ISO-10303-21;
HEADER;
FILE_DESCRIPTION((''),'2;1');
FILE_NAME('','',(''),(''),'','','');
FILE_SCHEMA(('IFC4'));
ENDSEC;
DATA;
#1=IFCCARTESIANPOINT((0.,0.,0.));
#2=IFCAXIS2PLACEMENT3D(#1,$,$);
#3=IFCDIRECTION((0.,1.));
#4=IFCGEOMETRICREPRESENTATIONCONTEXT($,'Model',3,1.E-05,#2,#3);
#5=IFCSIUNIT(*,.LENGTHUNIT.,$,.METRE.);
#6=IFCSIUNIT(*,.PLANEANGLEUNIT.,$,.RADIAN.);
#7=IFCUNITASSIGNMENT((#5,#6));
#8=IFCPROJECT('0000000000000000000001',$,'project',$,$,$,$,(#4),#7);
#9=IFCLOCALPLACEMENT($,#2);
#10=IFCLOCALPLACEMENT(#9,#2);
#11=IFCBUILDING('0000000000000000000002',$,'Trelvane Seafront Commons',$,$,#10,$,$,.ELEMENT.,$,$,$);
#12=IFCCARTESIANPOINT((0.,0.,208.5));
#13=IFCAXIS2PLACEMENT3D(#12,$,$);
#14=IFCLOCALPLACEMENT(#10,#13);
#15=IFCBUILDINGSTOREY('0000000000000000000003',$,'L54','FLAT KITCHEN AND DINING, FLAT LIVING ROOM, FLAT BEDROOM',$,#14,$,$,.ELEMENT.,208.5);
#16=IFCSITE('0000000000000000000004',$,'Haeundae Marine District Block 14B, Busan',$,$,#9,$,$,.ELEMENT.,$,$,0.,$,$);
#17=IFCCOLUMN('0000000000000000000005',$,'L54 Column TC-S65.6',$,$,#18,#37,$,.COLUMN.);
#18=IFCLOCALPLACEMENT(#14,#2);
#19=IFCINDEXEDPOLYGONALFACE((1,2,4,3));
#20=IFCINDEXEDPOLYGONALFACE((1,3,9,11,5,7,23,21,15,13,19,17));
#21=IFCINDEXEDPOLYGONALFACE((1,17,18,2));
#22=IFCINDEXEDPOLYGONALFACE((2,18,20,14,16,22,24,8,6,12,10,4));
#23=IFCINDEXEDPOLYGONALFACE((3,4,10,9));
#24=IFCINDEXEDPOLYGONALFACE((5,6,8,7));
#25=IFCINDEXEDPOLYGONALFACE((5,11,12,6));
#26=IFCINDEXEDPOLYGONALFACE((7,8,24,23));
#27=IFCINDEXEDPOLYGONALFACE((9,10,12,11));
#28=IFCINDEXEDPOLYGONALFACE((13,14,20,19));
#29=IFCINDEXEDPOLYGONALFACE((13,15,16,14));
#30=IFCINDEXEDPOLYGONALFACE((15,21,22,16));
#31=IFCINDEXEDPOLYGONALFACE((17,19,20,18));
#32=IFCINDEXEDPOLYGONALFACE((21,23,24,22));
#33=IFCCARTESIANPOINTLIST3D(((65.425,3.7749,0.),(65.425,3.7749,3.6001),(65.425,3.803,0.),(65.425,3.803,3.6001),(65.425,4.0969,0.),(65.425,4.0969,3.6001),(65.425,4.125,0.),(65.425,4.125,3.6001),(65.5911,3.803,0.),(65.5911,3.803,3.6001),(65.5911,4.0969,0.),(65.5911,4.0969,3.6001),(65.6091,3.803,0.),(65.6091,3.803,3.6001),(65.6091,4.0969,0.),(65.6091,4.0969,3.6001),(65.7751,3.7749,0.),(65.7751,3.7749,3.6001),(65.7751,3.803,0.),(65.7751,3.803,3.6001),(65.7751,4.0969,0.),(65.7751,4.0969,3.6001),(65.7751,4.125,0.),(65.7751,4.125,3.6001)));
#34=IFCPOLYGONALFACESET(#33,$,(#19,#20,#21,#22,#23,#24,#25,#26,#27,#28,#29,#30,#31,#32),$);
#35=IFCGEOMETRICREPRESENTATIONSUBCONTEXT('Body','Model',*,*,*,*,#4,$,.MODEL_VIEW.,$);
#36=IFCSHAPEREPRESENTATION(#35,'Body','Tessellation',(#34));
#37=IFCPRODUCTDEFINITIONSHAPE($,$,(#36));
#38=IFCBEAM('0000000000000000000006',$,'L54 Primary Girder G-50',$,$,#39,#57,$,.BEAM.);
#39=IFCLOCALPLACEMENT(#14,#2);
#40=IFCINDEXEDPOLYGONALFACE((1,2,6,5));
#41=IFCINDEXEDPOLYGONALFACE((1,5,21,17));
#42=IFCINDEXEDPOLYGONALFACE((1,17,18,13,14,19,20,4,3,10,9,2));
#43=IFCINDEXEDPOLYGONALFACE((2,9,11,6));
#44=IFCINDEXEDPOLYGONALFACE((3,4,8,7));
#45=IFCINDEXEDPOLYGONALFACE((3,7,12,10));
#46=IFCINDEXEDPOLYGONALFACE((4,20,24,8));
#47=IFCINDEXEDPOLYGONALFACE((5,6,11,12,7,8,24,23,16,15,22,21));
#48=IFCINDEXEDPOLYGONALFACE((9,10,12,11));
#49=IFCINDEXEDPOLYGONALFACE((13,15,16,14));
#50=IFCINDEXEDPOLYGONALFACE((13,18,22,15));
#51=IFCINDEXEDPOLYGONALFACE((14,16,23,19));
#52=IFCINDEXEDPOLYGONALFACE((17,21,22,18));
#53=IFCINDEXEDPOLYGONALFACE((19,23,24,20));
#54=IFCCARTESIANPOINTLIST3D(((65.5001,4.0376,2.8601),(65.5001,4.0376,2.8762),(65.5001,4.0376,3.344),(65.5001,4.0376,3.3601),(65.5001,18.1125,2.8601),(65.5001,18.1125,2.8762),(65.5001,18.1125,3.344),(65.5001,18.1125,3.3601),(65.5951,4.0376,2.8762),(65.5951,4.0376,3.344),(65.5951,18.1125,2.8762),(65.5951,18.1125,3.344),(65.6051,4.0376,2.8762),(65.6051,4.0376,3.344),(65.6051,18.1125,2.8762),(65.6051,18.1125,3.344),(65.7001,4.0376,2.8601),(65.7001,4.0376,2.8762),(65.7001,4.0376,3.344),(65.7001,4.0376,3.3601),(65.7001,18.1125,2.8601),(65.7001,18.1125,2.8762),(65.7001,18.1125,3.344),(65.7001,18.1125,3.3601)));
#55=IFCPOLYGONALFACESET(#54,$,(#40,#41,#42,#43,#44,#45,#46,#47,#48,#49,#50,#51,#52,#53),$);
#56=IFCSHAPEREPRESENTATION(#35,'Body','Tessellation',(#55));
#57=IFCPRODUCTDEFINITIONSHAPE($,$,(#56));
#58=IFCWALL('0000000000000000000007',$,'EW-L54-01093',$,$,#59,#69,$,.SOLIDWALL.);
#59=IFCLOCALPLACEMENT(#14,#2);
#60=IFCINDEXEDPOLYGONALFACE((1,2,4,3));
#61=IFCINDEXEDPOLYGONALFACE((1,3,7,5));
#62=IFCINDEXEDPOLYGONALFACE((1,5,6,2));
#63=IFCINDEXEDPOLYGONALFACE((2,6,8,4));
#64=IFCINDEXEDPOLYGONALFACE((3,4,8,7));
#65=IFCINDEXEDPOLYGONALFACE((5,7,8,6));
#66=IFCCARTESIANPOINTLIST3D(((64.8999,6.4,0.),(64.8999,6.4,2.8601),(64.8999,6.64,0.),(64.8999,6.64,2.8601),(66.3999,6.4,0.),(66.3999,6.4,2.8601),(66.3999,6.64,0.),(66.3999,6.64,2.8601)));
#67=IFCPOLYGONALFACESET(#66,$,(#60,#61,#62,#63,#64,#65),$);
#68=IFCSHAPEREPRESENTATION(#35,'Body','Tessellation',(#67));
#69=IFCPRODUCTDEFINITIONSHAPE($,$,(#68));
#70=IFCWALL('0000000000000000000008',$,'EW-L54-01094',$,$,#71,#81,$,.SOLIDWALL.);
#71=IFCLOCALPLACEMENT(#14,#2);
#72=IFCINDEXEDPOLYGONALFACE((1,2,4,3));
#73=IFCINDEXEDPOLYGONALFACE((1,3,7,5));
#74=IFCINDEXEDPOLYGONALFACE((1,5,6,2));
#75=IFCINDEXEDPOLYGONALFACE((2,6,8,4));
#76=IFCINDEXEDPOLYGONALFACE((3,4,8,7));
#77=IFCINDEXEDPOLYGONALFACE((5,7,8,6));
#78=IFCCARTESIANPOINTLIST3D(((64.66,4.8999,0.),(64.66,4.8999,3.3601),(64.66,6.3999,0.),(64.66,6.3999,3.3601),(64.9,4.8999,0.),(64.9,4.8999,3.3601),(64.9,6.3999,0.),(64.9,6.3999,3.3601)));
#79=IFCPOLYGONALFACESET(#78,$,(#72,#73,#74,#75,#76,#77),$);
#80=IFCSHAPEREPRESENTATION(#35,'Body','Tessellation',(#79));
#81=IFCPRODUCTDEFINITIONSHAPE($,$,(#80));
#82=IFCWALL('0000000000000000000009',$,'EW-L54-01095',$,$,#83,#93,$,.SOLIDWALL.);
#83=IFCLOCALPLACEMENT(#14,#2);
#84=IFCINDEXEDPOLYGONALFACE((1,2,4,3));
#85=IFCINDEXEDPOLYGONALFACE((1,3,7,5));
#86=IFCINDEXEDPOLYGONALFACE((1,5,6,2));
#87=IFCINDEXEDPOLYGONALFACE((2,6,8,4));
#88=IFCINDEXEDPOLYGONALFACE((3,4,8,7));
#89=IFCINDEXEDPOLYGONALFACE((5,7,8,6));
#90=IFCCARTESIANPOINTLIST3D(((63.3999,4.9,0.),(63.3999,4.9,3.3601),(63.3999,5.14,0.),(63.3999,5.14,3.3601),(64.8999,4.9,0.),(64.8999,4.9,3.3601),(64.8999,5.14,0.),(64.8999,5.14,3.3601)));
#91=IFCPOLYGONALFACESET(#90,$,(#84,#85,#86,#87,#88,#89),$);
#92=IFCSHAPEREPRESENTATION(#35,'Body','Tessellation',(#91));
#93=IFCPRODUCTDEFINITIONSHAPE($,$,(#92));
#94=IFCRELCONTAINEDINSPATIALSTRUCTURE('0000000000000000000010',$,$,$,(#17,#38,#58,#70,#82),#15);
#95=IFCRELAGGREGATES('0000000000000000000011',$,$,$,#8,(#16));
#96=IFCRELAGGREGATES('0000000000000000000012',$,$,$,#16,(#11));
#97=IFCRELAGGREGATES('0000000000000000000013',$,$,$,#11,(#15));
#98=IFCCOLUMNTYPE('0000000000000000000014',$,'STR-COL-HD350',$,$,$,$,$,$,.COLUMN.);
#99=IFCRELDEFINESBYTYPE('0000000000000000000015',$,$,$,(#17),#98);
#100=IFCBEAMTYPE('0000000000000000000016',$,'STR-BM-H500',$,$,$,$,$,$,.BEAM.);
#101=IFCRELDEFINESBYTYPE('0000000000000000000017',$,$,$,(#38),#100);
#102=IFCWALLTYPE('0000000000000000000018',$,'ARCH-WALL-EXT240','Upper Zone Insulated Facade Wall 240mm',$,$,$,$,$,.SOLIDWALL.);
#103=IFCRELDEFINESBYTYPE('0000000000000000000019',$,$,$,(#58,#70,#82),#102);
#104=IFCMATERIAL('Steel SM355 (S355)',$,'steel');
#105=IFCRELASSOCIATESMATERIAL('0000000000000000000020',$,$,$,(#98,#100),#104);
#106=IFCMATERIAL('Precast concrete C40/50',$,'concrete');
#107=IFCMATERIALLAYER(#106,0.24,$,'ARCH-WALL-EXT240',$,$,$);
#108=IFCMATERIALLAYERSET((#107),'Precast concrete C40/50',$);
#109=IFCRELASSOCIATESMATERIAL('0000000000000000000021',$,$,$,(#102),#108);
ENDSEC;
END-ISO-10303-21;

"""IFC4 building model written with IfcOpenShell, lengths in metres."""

from ifc_helpers import new_model, si_unit, direction, frame, frame_2d, origin, origin_2d, place, context, subcontext, project, spatial, rectangle, i_section, extrude, source, transform, mapped, material, layer, layer_set, material_profile, profile_set, type_object, element, save


model = new_model("IFC4")

# Units and contexts
model_context = context("Model", 3, precision=1e-05, world=origin(), true_north=direction((0.0, 1.0)))
body_context = subcontext(model_context, "Body", "Model", "MODEL_VIEW")
ifc_project = project(units=[si_unit("LENGTHUNIT", "METRE"), si_unit("PLANEANGLEUNIT", "RADIAN")], contexts=[model_context])

# Site, building, storey
site_placement = place(None, origin())
site = spatial("IfcSite", under=ifc_project, at=site_placement, Name="Haeundae Marine District Block 14B, Busan", CompositionType="ELEMENT", RefElevation=0.0)
building_placement = place(site_placement, origin())
building = spatial("IfcBuilding", under=site, at=building_placement, Name="Trelvane Seafront Commons", CompositionType="ELEMENT")
storey_placement = place(building_placement, frame((0.0, 0.0, 208.5)))
storey = spatial("IfcBuildingStorey", under=building, at=storey_placement, Name="L54", Description="FLAT KITCHEN AND DINING, FLAT LIVING ROOM, FLAT BEDROOM", CompositionType="ELEMENT", Elevation=208.5)

# Column
ifc_material_1 = material(Name="Steel SM355 (S355)", Category="steel")
ifc_material_profile_1 = material_profile(ifc_material_1, i_section(OverallWidth=0.3501, OverallDepth=0.3501, WebThickness=0.0181, FlangeThickness=0.0281, at=origin_2d()), Name="HD-350x350x18x28")
ifc_profile_set_1 = profile_set([ifc_material_profile_1], Name="Steel SM355 (S355)")
column_type = type_object("IfcColumnType", Name="STR-COL-HD350", PredefinedType="COLUMN", material=ifc_profile_set_1)
shared_shape_1 = source(origin(), body_context, "Body", "SweptSolid", [
    extrude(i_section(OverallWidth=0.3501, OverallDepth=0.3501, WebThickness=0.0181, FlangeThickness=0.0281, at=origin_2d()), origin(), (0.0, 0.0, 1.0), 3.6001),
])
column_placement = place(storey_placement, frame((65.6001, 3.95, 0.0), z_axis=(0.0, 0.0, 1.0), x_axis=(1.0, 0.0, 0.0)))
element("IfcColumn", 1, at=column_placement, inside=storey, type_object=column_type, Name="L54 Column TC-S65.6", PredefinedType="COLUMN", context=body_context, shape_type="MappedRepresentation", body=[
    mapped(shared_shape_1, transform((0.0, 0.0, 0.0), x_axis=(1.0, 0.0, 0.0), y_axis=(0.0, 1.0, 0.0), z_axis=(0.0, 0.0, 1.0), scale=1.0)),
])

# Beam
ifc_material_profile_2 = material_profile(ifc_material_1, i_section(OverallWidth=0.2, OverallDepth=0.5, WebThickness=0.01, FlangeThickness=0.0161, at=origin_2d()), Name="H-500x200x10x16")
ifc_profile_set_2 = profile_set([ifc_material_profile_2], Name="Steel SM355 (S355)")
beam_type = type_object("IfcBeamType", Name="STR-BM-H500", PredefinedType="BEAM", material=ifc_profile_set_2)
shared_shape_2 = source(origin(), body_context, "Body", "SweptSolid", [
    extrude(i_section(OverallWidth=0.2, OverallDepth=0.5, WebThickness=0.01, FlangeThickness=0.0161, at=origin_2d()), origin(), (0.0, 0.0, 1.0), 14.075),
])
beam_placement = place(storey_placement, frame((65.6001, 4.0376, 3.1101), z_axis=(0.0, 1.0, 0.0), x_axis=(-1.0, 0.0, 0.0)))
element("IfcBeam", 2, at=beam_placement, inside=storey, type_object=beam_type, Name="L54 Primary Girder G-50", PredefinedType="BEAM", context=body_context, shape_type="MappedRepresentation", body=[
    mapped(shared_shape_2, transform((0.0, 0.0, 0.0), x_axis=(1.0, 0.0, 0.0), y_axis=(0.0, 1.0, 0.0), z_axis=(0.0, 0.0, 1.0), scale=1.0)),
])

# Walls
ifc_material_2 = material(Name="Precast concrete C40/50", Category="concrete")
ifc_layer = layer(ifc_material_2, 0.24, Name="ARCH-WALL-EXT240")
ifc_layer_set = layer_set([ifc_layer], Name="Precast concrete C40/50")
wall_type = type_object("IfcWallType", Name="ARCH-WALL-EXT240", Description="Upper Zone Insulated Facade Wall 240mm", PredefinedType="SOLIDWALL", material=ifc_layer_set)
wall_1_placement = place(storey_placement, frame((66.3999, 6.52, 0.0), z_axis=(0.0, 0.0, 1.0), x_axis=(-1.0, 0.0, 0.0)))
element("IfcWall", 3, at=wall_1_placement, inside=storey, type_object=wall_type, Name="EW-L54-01093", PredefinedType="SOLIDWALL", context=body_context, shape_type="SweptSolid", body=[
    extrude(rectangle(XDim=1.5, YDim=0.24, at=frame_2d((0.75, 0.0))), origin(), (0.0, 0.0, 1.0), 2.8601),
])
for number, where, z_axis, x_axis, name in (
    (4, (64.78, 6.3999, 0.0), (0.0, 0.0, 1.0), (0.0, -1.0, 0.0), "EW-L54-01094"),
    (5, (64.8999, 5.02, 0.0), (0.0, 0.0, 1.0), (-1.0, 0.0, 0.0), "EW-L54-01095"),
):
    element("IfcWall", number, at=place(storey_placement, frame(where, z_axis=z_axis, x_axis=x_axis)), inside=storey, type_object=wall_type, Name=name, PredefinedType="SOLIDWALL", context=body_context, shape_type="SweptSolid", body=[
        extrude(rectangle(XDim=1.5, YDim=0.24, at=frame_2d((0.75, 0.0))), origin(), (0.0, 0.0, 1.0), 3.3601),
    ])

save(model, "model.ifc")
